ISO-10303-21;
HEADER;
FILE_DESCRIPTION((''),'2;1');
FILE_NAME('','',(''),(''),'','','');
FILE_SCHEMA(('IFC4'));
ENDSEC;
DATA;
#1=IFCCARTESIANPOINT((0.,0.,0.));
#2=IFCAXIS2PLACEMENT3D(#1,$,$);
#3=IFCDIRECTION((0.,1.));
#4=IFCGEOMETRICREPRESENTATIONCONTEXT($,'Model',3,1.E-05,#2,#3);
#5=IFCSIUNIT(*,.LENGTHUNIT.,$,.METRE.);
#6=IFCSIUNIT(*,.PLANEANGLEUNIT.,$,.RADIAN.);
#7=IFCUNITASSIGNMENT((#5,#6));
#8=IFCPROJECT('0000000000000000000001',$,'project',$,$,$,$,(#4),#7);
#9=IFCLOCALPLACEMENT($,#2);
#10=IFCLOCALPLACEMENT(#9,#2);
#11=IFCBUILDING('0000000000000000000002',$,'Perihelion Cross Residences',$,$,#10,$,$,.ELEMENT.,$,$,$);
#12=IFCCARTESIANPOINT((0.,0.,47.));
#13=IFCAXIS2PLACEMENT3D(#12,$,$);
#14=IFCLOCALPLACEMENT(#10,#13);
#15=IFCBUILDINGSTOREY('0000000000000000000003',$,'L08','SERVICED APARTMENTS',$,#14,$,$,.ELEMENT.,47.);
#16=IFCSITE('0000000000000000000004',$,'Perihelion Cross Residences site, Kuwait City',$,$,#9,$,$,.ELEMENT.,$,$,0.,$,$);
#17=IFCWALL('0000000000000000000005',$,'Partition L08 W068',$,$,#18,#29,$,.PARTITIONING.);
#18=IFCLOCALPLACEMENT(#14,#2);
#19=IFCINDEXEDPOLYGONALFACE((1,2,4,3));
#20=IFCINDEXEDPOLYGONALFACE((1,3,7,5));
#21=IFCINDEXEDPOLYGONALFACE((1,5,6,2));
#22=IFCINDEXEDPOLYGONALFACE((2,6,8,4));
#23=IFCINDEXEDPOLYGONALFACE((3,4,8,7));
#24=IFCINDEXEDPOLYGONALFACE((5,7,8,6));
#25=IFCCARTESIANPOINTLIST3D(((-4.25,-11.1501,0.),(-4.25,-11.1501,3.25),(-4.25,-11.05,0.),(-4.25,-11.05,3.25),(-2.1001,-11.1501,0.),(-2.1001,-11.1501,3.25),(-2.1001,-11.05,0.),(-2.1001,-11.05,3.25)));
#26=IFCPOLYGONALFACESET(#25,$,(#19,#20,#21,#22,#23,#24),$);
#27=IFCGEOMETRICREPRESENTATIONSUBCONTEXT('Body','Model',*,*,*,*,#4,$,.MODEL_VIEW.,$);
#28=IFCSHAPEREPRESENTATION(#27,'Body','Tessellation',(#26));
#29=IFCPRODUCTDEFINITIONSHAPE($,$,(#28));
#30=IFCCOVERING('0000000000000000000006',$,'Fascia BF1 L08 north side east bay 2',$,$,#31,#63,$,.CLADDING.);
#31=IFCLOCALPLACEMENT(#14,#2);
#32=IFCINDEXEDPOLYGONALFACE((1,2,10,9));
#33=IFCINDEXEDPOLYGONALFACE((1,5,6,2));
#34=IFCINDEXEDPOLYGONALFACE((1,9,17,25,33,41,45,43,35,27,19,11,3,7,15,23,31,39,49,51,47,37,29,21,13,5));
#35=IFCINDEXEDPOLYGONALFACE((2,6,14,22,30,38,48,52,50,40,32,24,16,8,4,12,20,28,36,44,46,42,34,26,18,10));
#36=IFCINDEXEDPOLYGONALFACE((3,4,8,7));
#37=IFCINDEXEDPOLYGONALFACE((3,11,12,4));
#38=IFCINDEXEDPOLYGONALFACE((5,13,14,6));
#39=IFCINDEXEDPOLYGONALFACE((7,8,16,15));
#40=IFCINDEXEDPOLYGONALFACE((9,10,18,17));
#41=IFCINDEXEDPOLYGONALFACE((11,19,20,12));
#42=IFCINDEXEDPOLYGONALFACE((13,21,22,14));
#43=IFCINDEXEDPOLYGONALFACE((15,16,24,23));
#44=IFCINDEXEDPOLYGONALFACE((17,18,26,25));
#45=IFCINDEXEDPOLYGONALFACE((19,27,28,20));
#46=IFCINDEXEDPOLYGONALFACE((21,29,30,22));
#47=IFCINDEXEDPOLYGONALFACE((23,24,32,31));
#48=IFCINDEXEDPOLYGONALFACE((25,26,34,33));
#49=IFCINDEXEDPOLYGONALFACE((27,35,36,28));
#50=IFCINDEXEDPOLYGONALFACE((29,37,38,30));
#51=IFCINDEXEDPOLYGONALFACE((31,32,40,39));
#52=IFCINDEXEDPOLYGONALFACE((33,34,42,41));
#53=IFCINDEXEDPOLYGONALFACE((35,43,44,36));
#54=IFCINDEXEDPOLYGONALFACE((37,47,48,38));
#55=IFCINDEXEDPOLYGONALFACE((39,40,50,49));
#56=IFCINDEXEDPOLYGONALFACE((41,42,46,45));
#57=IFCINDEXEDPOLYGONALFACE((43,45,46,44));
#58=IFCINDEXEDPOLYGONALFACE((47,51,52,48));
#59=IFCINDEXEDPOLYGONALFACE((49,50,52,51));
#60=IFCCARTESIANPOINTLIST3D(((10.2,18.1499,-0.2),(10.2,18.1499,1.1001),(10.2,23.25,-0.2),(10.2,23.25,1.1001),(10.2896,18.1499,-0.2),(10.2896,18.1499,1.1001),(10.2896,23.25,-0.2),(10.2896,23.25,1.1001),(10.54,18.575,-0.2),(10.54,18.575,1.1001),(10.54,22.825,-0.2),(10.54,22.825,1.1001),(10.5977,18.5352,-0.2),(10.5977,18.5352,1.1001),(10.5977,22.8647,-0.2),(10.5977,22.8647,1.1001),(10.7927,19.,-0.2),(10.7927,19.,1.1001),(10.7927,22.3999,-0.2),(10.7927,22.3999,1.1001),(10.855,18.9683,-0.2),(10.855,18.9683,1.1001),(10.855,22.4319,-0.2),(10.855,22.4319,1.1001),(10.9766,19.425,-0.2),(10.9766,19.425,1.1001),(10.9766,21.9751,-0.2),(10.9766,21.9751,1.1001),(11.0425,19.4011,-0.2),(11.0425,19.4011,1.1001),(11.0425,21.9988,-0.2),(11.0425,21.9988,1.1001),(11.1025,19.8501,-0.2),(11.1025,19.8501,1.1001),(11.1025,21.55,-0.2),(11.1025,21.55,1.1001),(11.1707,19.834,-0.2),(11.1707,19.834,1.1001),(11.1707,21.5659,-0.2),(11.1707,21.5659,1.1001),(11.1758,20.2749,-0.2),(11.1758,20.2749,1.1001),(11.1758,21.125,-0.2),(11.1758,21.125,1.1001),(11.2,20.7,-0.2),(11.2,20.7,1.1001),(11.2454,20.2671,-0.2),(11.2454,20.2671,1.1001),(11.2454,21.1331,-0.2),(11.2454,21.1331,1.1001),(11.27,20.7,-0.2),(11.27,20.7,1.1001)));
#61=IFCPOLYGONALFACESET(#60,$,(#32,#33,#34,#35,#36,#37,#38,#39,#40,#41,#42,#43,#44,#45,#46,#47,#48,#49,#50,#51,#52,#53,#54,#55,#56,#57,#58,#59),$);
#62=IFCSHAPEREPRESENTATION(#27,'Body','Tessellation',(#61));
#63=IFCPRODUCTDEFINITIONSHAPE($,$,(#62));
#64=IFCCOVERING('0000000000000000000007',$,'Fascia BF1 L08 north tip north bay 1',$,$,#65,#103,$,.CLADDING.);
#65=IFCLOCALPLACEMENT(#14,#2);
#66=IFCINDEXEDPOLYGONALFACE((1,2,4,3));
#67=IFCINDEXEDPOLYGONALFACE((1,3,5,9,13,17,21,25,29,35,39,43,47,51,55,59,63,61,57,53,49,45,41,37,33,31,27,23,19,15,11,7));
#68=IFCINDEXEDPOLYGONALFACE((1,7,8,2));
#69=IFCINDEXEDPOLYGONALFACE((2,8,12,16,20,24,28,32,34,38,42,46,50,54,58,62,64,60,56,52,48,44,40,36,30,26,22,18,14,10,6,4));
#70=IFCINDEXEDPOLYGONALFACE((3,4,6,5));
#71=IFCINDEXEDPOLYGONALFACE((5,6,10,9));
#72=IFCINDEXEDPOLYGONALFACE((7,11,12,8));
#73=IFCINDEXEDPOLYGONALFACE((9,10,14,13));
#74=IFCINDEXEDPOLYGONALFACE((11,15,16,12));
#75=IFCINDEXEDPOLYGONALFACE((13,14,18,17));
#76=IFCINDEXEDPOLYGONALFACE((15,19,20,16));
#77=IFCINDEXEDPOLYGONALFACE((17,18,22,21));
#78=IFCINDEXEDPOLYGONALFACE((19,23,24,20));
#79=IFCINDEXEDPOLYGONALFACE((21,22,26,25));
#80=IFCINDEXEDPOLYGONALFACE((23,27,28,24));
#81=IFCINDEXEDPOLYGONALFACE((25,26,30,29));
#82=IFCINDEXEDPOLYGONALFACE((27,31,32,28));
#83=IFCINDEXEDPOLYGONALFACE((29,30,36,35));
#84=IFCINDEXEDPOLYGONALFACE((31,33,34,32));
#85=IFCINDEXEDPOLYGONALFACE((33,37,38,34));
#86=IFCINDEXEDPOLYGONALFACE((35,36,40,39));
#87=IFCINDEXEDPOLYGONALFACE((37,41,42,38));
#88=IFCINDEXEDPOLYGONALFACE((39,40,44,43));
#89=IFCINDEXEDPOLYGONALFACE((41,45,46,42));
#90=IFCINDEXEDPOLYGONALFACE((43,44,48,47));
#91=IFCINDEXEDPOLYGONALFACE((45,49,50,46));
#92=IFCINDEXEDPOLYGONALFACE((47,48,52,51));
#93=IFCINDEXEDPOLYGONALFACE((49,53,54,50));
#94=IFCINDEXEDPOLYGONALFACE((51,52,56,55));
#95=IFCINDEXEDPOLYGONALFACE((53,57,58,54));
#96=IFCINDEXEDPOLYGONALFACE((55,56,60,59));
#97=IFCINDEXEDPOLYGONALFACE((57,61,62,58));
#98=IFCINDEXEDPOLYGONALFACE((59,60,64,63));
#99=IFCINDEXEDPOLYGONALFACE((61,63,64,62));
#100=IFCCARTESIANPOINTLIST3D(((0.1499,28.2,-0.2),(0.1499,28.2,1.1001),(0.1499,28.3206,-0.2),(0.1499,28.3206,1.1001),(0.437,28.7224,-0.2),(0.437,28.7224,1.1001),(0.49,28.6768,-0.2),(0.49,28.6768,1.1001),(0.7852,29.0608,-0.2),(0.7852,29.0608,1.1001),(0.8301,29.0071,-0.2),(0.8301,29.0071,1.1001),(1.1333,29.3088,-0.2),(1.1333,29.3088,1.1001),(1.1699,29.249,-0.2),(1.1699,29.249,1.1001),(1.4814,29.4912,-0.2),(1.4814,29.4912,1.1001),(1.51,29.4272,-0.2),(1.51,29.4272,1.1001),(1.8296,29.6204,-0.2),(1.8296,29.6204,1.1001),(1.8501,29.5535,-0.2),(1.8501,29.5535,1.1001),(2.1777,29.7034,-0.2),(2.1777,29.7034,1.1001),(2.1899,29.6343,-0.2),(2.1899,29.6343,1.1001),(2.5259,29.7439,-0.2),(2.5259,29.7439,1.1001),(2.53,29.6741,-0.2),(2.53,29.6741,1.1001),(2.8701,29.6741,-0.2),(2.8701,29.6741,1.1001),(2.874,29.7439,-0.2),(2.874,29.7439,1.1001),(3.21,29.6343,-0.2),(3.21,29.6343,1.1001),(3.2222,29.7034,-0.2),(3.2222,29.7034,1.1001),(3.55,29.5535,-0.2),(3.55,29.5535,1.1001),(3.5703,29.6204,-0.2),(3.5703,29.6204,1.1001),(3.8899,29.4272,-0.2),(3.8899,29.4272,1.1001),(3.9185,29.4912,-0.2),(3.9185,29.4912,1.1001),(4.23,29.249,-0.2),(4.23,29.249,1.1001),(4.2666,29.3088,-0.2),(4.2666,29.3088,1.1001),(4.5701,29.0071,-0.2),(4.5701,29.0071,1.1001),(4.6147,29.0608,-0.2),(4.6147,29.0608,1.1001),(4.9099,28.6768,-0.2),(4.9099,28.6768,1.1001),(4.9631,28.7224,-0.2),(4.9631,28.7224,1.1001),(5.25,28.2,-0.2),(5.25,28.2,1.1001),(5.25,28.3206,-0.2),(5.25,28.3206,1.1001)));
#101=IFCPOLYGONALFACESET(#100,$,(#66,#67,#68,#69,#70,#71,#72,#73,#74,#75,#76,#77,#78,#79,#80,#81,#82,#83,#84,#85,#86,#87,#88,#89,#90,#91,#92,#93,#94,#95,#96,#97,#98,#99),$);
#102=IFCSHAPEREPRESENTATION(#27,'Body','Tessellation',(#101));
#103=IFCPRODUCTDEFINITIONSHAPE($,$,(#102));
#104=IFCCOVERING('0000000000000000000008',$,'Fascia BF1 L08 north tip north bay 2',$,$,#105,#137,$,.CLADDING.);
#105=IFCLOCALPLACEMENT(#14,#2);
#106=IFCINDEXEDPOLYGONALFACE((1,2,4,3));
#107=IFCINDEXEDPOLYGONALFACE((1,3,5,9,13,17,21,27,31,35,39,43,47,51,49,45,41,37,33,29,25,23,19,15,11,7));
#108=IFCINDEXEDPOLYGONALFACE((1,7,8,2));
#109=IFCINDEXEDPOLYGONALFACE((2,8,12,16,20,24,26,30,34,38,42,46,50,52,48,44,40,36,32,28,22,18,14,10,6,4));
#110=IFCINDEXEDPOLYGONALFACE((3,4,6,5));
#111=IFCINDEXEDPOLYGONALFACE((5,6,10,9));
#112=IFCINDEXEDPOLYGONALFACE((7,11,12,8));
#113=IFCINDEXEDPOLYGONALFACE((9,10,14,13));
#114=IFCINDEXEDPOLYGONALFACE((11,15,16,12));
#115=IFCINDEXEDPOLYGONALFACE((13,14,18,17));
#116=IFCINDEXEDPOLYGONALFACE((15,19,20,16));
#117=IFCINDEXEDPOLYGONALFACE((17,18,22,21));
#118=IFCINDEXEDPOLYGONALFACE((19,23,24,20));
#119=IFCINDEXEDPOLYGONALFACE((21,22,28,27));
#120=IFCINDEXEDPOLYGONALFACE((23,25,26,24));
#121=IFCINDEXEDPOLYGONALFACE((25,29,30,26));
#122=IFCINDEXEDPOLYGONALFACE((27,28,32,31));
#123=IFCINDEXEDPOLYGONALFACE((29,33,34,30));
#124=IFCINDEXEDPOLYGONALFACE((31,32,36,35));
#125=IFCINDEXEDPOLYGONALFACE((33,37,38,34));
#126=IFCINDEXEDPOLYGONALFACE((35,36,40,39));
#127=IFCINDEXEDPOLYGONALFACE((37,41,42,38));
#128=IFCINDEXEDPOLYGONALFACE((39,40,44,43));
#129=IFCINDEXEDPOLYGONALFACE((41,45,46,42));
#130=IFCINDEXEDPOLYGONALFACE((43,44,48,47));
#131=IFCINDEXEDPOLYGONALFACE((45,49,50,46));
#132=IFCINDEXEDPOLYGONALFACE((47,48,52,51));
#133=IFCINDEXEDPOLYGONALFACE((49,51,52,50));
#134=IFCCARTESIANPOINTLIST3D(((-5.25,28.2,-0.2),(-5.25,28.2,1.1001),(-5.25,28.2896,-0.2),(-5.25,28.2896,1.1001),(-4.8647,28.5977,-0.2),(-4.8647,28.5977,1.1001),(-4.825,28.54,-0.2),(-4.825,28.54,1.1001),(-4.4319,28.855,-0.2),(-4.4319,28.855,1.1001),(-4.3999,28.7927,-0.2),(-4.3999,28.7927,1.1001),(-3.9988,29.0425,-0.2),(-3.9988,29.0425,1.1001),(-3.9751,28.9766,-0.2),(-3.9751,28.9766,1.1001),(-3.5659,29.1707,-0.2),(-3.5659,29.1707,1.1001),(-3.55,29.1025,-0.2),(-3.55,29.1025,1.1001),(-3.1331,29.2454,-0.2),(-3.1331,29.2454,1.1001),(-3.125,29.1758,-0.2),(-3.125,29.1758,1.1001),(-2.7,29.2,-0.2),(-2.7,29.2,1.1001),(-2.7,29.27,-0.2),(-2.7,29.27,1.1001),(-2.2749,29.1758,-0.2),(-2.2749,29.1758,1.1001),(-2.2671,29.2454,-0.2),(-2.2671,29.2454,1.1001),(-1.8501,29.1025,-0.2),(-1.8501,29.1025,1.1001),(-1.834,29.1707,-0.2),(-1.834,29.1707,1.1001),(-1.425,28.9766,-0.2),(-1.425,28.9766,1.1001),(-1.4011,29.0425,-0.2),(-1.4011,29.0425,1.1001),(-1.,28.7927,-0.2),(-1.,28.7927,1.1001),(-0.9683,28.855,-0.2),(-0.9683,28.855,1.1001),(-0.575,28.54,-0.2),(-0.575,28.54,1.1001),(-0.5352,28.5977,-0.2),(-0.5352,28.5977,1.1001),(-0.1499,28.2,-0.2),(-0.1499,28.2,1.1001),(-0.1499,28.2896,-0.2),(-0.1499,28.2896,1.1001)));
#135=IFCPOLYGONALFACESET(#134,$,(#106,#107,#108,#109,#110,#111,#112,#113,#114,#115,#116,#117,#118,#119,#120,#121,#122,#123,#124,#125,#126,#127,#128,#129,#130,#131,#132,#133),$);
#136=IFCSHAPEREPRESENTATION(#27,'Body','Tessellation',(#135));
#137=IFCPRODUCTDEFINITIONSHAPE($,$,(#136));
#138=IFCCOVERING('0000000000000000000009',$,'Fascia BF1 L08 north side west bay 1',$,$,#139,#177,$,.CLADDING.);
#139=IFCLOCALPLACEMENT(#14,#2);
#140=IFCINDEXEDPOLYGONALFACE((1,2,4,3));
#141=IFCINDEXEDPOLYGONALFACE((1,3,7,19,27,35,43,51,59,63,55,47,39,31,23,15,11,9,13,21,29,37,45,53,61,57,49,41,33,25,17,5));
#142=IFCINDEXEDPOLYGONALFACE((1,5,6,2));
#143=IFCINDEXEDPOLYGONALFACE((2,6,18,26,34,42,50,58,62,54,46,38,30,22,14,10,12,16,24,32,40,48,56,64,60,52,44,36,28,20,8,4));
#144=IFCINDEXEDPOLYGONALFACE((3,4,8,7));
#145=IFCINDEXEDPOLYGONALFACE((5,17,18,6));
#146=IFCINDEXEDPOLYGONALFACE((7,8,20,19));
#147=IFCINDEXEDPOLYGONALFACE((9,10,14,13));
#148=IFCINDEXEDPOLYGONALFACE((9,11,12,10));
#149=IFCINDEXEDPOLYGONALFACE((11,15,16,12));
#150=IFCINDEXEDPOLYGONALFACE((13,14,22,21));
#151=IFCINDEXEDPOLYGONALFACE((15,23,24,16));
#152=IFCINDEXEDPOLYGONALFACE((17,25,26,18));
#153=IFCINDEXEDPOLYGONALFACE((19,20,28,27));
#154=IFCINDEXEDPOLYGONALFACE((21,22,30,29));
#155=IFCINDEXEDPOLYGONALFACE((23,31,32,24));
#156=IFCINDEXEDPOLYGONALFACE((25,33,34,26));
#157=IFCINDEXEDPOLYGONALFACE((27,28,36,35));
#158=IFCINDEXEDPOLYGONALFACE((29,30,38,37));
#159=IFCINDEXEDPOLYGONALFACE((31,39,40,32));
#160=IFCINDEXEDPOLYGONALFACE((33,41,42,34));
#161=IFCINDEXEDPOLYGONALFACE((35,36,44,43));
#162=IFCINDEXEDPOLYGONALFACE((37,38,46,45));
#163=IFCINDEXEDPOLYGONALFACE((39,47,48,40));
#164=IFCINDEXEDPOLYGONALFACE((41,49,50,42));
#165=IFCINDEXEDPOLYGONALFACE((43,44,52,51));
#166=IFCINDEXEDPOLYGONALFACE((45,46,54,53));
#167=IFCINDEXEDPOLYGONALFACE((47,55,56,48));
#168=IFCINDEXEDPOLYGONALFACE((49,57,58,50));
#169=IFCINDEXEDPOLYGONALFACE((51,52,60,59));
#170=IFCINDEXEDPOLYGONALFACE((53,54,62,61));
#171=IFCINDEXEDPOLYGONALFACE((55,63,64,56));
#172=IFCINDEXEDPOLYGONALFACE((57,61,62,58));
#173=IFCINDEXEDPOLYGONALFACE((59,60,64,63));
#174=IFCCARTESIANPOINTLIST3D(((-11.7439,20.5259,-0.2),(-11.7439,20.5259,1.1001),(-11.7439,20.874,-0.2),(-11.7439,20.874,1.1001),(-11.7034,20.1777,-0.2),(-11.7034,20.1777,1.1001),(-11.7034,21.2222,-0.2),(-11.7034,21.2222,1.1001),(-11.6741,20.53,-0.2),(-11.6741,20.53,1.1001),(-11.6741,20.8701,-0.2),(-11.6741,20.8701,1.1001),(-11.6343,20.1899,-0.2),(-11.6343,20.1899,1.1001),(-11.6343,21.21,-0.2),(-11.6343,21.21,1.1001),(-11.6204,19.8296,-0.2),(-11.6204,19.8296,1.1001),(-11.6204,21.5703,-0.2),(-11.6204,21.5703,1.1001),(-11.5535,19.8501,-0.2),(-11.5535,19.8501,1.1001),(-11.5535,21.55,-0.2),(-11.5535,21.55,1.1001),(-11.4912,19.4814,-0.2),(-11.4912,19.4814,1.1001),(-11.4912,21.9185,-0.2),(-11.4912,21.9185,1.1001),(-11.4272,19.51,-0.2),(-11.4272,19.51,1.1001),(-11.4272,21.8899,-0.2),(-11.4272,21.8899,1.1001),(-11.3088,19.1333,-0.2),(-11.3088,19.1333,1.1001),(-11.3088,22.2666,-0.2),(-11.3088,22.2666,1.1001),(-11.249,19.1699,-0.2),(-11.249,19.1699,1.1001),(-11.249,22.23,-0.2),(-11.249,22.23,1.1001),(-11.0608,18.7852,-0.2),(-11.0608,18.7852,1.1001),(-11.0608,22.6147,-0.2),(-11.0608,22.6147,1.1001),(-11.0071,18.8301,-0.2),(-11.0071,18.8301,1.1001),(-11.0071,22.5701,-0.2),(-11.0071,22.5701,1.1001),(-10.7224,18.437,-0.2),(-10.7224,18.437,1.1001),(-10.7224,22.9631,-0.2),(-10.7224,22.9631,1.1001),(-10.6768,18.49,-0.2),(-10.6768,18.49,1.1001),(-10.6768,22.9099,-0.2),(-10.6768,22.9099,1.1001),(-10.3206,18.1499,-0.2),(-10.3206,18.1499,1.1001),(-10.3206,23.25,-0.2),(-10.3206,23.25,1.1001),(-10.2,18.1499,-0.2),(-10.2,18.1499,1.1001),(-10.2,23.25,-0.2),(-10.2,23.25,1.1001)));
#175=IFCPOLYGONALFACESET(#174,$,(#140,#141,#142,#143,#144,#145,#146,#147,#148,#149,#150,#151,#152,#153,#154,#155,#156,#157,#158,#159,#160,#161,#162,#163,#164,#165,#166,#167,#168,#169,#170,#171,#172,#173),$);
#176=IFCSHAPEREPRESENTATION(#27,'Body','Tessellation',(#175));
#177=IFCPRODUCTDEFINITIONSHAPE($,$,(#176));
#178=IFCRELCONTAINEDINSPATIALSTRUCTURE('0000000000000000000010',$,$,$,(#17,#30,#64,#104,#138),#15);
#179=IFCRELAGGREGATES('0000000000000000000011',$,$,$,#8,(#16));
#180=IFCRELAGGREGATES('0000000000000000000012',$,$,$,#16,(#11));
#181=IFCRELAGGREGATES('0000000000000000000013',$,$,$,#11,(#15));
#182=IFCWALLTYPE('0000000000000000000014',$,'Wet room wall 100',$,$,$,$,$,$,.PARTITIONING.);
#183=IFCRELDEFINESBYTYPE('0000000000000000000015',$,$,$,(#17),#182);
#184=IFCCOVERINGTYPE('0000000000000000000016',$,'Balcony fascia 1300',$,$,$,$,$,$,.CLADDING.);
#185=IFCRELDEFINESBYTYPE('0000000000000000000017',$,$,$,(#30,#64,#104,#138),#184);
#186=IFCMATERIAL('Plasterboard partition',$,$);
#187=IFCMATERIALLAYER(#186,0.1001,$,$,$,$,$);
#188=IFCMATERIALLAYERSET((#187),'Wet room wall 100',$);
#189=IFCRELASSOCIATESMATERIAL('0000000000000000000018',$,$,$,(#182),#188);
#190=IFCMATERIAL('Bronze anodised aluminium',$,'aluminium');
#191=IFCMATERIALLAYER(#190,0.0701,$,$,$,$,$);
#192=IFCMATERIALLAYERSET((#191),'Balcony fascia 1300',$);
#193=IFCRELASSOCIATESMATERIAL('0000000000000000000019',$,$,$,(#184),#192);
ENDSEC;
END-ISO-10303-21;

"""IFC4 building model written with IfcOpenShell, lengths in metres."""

from ifc_helpers import new_model, si_unit, direction, frame, frame_2d, origin, place, context, subcontext, project, spatial, polyline, rectangle, outline, extrude, material, layer, layer_set, type_object, element, save


model = new_model("IFC4")

# Units and contexts
model_context = context("Model", 3, precision=1e-05, world=origin(), true_north=direction((0.0, 1.0)))
body_context = subcontext(model_context, "Body", "Model", "MODEL_VIEW")
ifc_project = project(units=[si_unit("LENGTHUNIT", "METRE"), si_unit("PLANEANGLEUNIT", "RADIAN")], contexts=[model_context])

# Site, building, storey
site_placement = place(None, origin())
site = spatial("IfcSite", under=ifc_project, at=site_placement, Name="Perihelion Cross Residences site, Kuwait City", CompositionType="ELEMENT", RefElevation=0.0)
building_placement = place(site_placement, origin())
building = spatial("IfcBuilding", under=site, at=building_placement, Name="Perihelion Cross Residences", CompositionType="ELEMENT")
storey_placement = place(building_placement, frame((0.0, 0.0, 47.0)))
storey = spatial("IfcBuildingStorey", under=building, at=storey_placement, Name="L08", Description="SERVICED APARTMENTS", CompositionType="ELEMENT", Elevation=47.0)

# Shared definitions
ifc_material_1 = material(Name="Plasterboard partition")
ifc_layer_1 = layer(ifc_material_1, 0.1001)
ifc_layer_set_1 = layer_set([ifc_layer_1], Name="Wet room wall 100")
wall_type_1 = type_object("IfcWallType", Name="Wet room wall 100", PredefinedType="PARTITIONING", material=ifc_layer_set_1)

# Wall
wall_1_placement = place(storey_placement, frame((-2.1001, -11.1001, 0.0), z_axis=(0.0, 0.0, 1.0), x_axis=(-1.0, 0.0, 0.0)))
element("IfcWall", 1, at=wall_1_placement, inside=storey, type_object=wall_type_1, Name="Partition L08 W068", PredefinedType="PARTITIONING", context=body_context, shape_type="SweptSolid", body=[
    extrude(rectangle(XDim=2.1499, YDim=0.1001, at=frame_2d((1.075, 0.0))), origin(), (0.0, 0.0, 1.0), 3.25),
])

# Coverings
ifc_material_2 = material(Name="Bronze anodised aluminium", Category="aluminium")
ifc_layer_2 = layer(ifc_material_2, 0.0701)
ifc_layer_set_2 = layer_set([ifc_layer_2], Name="Balcony fascia 1300")
covering_type = type_object("IfcCoveringType", Name="Balcony fascia 1300", PredefinedType="CLADDING", material=ifc_layer_set_2)
covering_1_placement = place(storey_placement, frame((0.0, 0.0, -0.2)))
element("IfcCovering", 2, at=covering_1_placement, inside=storey, type_object=covering_type, Name="Fascia BF1 L08 north side east bay 2", PredefinedType="CLADDING", context=body_context, shape_type="SweptSolid", body=[
    extrude(outline(polyline([(10.5977, 18.5352), (10.855, 18.9683), (11.0425, 19.4011), (11.1707, 19.834), (11.2454, 20.2671), (11.27, 20.7), (11.2454, 21.1331), (11.1707, 21.5659), (11.0425, 21.9988), (10.855, 22.4319), (10.5977, 22.8647), (10.2896, 23.25), (10.2, 23.25), (10.54, 22.825), (10.7927, 22.3999), (10.9766, 21.9751), (11.1025, 21.55), (11.1758, 21.125), (11.2, 20.7), (11.1758, 20.2749), (11.1025, 19.8501), (10.9766, 19.425), (10.7927, 19.0), (10.54, 18.575), (10.2, 18.1499), (10.2896, 18.1499), (10.5977, 18.5352)])), origin(), (0.0, 0.0, 1.0), 1.3),
])
covering_2_placement = place(storey_placement, frame((0.0, 0.0, -0.2)))
element("IfcCovering", 3, at=covering_2_placement, inside=storey, type_object=covering_type, Name="Fascia BF1 L08 north tip north bay 1", PredefinedType="CLADDING", context=body_context, shape_type="SweptSolid", body=[
    extrude(outline(polyline([(4.9631, 28.7224), (4.6147, 29.0608), (4.2666, 29.3088), (3.9185, 29.4912), (3.5703, 29.6204), (3.2222, 29.7034), (2.874, 29.7439), (2.5259, 29.7439), (2.1777, 29.7034), (1.8296, 29.6204), (1.4814, 29.4912), (1.1333, 29.3088), (0.7852, 29.0608), (0.437, 28.7224), (0.1499, 28.3206), (0.1499, 28.2), (0.49, 28.6768), (0.8301, 29.0071), (1.1699, 29.249), (1.51, 29.4272), (1.8501, 29.5535), (2.1899, 29.6343), (2.53, 29.6741), (2.8701, 29.6741), (3.21, 29.6343), (3.55, 29.5535), (3.8899, 29.4272), (4.23, 29.249), (4.5701, 29.0071), (4.9099, 28.6768), (5.25, 28.2), (5.25, 28.3206), (4.9631, 28.7224)])), origin(), (0.0, 0.0, 1.0), 1.3),
])
covering_3_placement = place(storey_placement, frame((0.0, 0.0, -0.2)))
element("IfcCovering", 4, at=covering_3_placement, inside=storey, type_object=covering_type, Name="Fascia BF1 L08 north tip north bay 2", PredefinedType="CLADDING", context=body_context, shape_type="SweptSolid", body=[
    extrude(outline(polyline([(-0.5352, 28.5977), (-0.9683, 28.855), (-1.4011, 29.0425), (-1.834, 29.1707), (-2.2671, 29.2454), (-2.7, 29.27), (-3.1331, 29.2454), (-3.5659, 29.1707), (-3.9988, 29.0425), (-4.4319, 28.855), (-4.8647, 28.5977), (-5.25, 28.2896), (-5.25, 28.2), (-4.825, 28.54), (-4.3999, 28.7927), (-3.9751, 28.9766), (-3.55, 29.1025), (-3.125, 29.1758), (-2.7, 29.2), (-2.2749, 29.1758), (-1.8501, 29.1025), (-1.425, 28.9766), (-1.0, 28.7927), (-0.575, 28.54), (-0.1499, 28.2), (-0.1499, 28.2896), (-0.5352, 28.5977)])), origin(), (0.0, 0.0, 1.0), 1.3),
])
covering_4_placement = place(storey_placement, frame((0.0, 0.0, -0.2)))
element("IfcCovering", 5, at=covering_4_placement, inside=storey, type_object=covering_type, Name="Fascia BF1 L08 north side west bay 1", PredefinedType="CLADDING", context=body_context, shape_type="SweptSolid", body=[
    extrude(outline(polyline([(-10.7224, 22.9631), (-11.0608, 22.6147), (-11.3088, 22.2666), (-11.4912, 21.9185), (-11.6204, 21.5703), (-11.7034, 21.2222), (-11.7439, 20.874), (-11.7439, 20.5259), (-11.7034, 20.1777), (-11.6204, 19.8296), (-11.4912, 19.4814), (-11.3088, 19.1333), (-11.0608, 18.7852), (-10.7224, 18.437), (-10.3206, 18.1499), (-10.2, 18.1499), (-10.6768, 18.49), (-11.0071, 18.8301), (-11.249, 19.1699), (-11.4272, 19.51), (-11.5535, 19.8501), (-11.6343, 20.1899), (-11.6741, 20.53), (-11.6741, 20.8701), (-11.6343, 21.21), (-11.5535, 21.55), (-11.4272, 21.8899), (-11.249, 22.23), (-11.0071, 22.5701), (-10.6768, 22.9099), (-10.2, 23.25), (-10.3206, 23.25), (-10.7224, 22.9631)])), origin(), (0.0, 0.0, 1.0), 1.3),
])

save(model, "model.ifc")
